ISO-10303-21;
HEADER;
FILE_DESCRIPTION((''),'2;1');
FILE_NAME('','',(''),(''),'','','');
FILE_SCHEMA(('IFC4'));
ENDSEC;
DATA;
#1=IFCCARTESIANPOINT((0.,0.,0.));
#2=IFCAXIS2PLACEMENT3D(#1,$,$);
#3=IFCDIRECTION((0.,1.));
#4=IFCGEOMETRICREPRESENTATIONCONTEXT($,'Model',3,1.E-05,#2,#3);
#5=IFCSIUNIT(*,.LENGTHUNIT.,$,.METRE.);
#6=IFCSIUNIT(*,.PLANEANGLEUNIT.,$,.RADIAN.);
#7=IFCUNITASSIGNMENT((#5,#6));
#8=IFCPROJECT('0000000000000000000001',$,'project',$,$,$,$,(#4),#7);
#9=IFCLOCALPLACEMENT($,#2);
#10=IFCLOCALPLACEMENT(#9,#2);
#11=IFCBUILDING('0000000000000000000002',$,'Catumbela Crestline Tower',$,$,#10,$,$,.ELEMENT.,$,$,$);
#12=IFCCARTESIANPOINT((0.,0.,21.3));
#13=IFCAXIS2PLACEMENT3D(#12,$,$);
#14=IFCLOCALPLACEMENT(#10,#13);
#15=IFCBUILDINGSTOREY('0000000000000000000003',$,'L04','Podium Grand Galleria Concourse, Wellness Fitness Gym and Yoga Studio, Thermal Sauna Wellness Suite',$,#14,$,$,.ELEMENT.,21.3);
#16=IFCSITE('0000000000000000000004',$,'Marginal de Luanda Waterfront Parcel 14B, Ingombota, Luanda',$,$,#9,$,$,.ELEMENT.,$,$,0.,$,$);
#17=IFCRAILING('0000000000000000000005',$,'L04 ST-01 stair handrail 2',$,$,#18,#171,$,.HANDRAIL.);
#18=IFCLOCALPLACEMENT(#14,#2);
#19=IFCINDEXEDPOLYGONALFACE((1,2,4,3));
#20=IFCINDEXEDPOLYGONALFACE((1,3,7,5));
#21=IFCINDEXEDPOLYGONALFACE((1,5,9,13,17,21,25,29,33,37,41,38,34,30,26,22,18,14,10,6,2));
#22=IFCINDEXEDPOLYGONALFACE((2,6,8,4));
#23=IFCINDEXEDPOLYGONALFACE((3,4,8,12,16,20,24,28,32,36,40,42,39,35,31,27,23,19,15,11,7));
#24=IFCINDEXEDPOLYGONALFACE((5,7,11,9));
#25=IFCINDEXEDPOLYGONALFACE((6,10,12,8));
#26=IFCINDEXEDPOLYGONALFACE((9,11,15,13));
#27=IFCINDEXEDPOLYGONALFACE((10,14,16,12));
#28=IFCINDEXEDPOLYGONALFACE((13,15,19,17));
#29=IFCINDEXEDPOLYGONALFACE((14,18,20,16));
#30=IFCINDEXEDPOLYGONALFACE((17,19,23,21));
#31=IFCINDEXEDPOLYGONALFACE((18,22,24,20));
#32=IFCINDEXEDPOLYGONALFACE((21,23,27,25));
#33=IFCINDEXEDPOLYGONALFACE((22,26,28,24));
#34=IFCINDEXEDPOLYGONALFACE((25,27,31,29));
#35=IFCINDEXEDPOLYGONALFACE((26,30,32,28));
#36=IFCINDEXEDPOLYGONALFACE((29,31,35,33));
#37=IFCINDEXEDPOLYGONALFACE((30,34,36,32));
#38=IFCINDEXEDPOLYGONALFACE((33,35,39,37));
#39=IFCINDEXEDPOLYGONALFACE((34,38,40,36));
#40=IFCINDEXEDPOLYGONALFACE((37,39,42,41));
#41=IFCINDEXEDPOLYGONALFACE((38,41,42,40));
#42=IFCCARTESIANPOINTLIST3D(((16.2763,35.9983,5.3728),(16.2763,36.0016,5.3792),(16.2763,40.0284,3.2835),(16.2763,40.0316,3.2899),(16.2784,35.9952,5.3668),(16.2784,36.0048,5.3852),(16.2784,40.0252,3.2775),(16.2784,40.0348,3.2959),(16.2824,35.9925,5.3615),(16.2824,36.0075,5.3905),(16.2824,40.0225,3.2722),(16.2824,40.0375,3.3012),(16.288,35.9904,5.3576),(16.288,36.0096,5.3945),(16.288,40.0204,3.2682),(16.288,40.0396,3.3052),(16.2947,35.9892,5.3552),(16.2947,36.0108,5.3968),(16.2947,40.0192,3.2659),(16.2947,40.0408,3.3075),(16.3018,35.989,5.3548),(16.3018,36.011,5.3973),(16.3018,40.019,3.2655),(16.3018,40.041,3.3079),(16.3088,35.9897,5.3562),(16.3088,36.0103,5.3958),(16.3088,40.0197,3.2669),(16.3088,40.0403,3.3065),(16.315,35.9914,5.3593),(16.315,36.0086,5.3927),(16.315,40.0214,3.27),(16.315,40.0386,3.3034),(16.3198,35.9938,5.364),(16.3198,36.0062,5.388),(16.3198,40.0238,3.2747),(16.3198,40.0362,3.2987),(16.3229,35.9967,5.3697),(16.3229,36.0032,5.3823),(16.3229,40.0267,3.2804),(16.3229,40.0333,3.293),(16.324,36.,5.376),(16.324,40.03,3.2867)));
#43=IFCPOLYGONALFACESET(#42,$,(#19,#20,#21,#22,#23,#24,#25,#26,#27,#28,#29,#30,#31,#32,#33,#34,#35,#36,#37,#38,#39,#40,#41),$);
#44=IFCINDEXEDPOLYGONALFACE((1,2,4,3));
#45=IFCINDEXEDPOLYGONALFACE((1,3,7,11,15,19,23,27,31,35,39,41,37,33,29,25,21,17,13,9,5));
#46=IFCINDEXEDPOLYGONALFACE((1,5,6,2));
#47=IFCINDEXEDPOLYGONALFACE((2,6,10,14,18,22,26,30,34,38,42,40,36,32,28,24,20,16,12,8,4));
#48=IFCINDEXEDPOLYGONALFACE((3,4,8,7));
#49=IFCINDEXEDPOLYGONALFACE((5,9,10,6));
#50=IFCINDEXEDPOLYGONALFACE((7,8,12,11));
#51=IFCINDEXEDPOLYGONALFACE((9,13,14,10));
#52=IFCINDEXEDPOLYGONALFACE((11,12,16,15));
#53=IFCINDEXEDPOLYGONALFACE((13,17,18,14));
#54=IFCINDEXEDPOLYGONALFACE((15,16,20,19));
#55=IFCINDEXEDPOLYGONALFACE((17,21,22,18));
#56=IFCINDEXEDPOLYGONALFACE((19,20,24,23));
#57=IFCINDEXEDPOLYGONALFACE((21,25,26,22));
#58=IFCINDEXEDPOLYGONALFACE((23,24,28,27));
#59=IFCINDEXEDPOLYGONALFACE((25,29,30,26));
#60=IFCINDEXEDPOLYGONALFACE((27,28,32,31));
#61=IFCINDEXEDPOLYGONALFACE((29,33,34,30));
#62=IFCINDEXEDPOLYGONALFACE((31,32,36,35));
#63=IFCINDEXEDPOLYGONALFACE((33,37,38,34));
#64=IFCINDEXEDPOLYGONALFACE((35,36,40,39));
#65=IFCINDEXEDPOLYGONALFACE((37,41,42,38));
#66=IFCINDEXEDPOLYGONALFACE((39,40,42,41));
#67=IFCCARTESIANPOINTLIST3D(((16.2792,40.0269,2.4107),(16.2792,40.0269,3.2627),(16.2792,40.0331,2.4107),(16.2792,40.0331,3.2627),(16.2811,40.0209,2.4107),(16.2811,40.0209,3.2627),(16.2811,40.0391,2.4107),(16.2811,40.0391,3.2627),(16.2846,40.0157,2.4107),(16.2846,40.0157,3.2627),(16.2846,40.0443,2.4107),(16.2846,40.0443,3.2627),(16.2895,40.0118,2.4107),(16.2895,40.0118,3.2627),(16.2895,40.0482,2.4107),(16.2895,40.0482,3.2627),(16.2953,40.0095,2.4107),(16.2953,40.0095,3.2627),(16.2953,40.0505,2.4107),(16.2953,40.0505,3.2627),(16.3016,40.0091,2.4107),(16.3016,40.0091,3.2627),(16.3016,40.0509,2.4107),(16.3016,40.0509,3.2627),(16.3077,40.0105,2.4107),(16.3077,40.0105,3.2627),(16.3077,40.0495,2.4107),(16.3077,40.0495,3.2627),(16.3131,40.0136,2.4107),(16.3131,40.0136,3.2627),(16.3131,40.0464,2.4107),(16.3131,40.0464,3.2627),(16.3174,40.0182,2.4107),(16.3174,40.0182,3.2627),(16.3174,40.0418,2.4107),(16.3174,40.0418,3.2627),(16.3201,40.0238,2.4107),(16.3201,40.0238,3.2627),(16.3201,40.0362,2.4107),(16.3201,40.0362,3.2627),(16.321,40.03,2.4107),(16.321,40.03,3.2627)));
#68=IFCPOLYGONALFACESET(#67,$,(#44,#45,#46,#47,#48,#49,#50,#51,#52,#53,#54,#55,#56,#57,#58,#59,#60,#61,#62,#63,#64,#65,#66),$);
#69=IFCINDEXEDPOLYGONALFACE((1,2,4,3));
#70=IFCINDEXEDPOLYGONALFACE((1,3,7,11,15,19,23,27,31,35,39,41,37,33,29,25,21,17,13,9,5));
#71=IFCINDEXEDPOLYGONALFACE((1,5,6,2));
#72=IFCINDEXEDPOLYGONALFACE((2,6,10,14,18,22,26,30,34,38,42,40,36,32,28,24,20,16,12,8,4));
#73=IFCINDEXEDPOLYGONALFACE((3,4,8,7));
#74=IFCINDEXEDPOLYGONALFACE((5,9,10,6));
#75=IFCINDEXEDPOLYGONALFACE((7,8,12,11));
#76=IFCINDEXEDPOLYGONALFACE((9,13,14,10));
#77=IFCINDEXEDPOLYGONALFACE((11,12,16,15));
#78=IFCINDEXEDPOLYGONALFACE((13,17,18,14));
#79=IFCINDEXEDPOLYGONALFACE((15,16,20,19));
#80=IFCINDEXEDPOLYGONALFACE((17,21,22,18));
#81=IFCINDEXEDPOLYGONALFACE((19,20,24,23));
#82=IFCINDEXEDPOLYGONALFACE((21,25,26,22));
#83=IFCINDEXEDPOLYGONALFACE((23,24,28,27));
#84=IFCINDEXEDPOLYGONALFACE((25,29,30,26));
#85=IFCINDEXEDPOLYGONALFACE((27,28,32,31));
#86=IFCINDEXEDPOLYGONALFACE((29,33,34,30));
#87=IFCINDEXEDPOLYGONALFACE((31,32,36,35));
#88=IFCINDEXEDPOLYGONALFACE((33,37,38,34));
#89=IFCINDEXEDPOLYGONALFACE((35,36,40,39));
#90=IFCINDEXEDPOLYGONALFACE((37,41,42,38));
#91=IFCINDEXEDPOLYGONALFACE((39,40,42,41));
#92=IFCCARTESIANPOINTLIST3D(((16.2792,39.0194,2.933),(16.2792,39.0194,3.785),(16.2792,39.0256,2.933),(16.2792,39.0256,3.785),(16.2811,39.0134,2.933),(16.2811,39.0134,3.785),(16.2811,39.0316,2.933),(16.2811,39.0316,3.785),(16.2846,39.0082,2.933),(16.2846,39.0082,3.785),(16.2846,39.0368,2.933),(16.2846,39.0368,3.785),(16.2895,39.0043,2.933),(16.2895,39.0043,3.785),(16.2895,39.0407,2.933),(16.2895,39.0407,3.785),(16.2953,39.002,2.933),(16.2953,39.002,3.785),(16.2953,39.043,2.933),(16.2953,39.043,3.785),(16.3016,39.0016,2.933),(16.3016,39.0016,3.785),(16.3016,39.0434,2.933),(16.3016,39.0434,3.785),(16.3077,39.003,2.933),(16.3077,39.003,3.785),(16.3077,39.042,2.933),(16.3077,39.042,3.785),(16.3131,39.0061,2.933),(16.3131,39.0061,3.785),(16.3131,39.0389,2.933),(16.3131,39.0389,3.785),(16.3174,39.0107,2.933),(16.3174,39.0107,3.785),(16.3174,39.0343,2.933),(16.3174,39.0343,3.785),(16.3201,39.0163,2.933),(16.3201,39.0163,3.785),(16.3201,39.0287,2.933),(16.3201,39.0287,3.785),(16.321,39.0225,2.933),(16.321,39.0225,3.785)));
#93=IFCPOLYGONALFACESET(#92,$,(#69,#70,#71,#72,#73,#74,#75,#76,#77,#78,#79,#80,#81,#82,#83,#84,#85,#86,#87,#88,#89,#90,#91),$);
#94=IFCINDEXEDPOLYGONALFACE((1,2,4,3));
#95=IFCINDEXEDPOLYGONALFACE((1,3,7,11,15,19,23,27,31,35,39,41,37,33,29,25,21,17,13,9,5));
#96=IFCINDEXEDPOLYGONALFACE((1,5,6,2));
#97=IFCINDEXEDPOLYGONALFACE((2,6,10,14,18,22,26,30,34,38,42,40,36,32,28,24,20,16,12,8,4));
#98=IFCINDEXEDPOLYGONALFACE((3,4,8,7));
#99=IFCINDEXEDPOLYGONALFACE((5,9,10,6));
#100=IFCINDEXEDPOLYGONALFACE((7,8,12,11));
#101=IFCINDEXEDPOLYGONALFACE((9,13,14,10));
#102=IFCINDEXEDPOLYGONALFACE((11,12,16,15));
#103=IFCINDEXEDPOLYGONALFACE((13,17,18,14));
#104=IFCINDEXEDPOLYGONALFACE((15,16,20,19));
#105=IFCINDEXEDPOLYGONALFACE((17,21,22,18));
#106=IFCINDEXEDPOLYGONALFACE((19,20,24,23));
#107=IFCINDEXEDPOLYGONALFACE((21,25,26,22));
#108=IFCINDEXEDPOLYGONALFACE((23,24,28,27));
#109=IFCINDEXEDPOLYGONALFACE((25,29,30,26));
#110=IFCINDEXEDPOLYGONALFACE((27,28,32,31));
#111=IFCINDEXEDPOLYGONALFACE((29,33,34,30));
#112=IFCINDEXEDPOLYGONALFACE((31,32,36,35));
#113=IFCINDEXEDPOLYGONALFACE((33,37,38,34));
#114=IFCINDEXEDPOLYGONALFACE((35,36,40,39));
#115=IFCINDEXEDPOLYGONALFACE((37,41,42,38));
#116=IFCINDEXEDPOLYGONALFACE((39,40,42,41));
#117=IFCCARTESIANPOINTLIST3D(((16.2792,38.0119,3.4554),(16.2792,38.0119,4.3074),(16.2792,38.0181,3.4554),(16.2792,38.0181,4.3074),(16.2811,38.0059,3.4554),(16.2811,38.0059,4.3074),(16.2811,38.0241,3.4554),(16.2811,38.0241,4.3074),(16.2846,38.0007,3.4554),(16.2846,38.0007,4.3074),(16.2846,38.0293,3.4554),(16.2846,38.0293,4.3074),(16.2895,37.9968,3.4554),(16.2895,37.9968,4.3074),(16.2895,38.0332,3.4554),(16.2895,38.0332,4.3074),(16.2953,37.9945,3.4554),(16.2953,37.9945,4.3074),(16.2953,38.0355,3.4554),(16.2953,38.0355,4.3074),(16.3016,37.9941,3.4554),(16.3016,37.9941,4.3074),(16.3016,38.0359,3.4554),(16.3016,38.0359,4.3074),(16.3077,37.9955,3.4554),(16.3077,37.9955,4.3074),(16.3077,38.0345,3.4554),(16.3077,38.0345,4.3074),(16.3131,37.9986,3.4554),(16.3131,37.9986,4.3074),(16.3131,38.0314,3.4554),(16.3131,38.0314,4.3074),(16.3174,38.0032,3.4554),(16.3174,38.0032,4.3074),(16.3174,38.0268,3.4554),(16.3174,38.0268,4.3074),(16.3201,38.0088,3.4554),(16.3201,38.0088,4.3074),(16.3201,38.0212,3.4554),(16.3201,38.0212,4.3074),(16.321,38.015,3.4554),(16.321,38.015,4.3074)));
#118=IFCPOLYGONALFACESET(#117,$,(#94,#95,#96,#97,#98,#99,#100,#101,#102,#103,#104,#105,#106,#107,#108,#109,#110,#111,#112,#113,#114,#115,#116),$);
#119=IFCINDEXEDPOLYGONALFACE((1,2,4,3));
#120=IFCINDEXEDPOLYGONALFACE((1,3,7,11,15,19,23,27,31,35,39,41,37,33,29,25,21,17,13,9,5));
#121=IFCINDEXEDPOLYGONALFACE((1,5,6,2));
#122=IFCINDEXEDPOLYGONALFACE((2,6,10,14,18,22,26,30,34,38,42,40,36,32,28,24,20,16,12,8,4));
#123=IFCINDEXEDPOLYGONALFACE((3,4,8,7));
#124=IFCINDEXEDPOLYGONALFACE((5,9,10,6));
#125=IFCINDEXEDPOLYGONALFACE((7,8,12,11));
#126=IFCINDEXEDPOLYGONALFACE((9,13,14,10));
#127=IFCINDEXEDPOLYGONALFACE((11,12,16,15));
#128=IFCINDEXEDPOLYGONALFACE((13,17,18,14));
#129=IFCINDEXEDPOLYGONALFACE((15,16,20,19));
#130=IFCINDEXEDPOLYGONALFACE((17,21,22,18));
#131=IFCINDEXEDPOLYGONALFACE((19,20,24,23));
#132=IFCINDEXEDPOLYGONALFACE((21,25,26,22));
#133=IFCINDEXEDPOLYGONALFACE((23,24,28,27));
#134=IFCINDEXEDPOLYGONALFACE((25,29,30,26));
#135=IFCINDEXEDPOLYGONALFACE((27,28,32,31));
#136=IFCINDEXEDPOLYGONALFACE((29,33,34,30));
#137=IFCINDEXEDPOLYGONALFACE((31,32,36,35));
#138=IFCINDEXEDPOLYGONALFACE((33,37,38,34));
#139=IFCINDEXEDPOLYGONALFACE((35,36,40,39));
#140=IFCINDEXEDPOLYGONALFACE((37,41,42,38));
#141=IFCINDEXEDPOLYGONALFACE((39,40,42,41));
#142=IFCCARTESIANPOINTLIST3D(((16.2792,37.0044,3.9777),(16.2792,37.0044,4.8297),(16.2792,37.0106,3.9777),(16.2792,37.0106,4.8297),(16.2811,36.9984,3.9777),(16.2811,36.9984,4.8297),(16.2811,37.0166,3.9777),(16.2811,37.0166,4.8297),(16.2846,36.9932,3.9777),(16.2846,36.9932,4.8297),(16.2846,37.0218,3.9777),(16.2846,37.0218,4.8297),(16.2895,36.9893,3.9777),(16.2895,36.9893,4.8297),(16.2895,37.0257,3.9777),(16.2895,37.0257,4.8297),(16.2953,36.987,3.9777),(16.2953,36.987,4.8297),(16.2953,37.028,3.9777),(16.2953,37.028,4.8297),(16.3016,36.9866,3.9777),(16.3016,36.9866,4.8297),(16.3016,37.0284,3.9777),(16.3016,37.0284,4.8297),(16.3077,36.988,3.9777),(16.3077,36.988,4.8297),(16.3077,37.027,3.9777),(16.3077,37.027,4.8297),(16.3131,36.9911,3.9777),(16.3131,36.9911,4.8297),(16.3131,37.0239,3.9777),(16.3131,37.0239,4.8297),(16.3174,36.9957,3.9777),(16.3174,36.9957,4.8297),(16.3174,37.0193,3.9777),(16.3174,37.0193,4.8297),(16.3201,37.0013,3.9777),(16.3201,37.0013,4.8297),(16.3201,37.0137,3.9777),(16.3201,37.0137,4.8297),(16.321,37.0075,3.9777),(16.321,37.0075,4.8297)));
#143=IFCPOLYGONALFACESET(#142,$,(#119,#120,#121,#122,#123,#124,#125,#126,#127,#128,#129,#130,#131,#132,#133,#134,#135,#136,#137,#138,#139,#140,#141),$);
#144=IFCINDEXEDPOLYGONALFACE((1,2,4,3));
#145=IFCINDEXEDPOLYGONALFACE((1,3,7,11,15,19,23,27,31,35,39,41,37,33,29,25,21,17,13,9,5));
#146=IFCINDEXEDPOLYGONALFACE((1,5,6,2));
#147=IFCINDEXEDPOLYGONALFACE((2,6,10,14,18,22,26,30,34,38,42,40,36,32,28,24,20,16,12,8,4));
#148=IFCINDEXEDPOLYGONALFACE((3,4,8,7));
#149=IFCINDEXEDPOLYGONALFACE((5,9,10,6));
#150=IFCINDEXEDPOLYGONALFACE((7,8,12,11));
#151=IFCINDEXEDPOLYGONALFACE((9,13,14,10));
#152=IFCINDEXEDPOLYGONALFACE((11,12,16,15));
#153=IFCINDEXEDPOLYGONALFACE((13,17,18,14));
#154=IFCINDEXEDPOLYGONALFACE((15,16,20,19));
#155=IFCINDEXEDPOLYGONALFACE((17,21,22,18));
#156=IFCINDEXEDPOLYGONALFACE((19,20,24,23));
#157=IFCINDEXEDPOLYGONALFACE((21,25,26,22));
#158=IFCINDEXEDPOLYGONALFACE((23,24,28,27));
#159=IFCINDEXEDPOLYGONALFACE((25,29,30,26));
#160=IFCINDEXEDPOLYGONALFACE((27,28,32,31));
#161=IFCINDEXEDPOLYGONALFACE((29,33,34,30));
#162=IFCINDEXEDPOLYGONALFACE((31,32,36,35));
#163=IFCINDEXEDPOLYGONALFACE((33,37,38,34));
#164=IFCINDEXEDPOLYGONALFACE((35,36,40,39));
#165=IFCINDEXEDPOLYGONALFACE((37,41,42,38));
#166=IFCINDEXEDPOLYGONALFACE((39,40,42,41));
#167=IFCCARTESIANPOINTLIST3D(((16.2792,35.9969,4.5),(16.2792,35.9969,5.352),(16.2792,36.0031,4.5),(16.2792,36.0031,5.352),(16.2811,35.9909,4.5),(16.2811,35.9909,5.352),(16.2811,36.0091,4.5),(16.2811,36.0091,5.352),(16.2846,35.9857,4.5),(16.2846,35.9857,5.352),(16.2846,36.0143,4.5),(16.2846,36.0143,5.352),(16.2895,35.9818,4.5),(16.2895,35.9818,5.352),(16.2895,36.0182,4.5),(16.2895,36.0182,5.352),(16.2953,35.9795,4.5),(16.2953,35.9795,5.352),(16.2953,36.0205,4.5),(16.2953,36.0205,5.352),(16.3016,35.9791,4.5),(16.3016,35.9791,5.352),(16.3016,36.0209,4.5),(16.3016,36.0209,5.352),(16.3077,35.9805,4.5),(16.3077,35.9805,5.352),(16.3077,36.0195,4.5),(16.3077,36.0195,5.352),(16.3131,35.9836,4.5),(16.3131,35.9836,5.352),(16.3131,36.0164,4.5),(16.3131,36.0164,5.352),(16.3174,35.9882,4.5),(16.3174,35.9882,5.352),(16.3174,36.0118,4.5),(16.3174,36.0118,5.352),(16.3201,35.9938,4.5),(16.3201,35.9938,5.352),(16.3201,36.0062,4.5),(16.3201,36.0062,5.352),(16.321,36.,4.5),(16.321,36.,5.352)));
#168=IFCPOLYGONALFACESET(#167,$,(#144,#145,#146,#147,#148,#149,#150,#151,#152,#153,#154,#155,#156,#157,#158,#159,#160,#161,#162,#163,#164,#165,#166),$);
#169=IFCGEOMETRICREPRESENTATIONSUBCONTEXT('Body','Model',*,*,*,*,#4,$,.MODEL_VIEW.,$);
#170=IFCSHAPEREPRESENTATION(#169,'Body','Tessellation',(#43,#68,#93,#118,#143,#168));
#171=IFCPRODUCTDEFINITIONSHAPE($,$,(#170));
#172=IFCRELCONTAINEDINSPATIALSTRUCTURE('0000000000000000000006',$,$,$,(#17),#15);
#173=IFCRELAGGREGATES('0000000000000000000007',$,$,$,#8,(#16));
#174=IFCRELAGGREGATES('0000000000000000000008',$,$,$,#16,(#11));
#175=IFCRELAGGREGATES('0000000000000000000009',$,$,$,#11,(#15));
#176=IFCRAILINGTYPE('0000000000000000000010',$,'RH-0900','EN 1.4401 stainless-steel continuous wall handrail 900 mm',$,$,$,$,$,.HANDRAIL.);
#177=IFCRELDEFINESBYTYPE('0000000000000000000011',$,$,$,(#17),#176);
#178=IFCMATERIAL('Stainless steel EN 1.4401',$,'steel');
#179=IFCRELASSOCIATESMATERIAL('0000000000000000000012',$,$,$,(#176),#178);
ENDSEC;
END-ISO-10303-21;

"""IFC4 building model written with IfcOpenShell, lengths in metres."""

from ifc_helpers import new_model, si_unit, direction, frame, origin, origin_2d, place, context, subcontext, project, spatial, circle, extrude, material, type_object, element, save


model = new_model("IFC4")

# Units and contexts
model_context = context("Model", 3, precision=1e-05, world=origin(), true_north=direction((0.0, 1.0)))
body_context = subcontext(model_context, "Body", "Model", "MODEL_VIEW")
ifc_project = project(units=[si_unit("LENGTHUNIT", "METRE"), si_unit("PLANEANGLEUNIT", "RADIAN")], contexts=[model_context])

# Site, building, storey
site_placement = place(None, origin())
site = spatial("IfcSite", under=ifc_project, at=site_placement, Name="Marginal de Luanda Waterfront Parcel 14B, Ingombota, Luanda", CompositionType="ELEMENT", RefElevation=0.0)
building_placement = place(site_placement, origin())
building = spatial("IfcBuilding", under=site, at=building_placement, Name="Catumbela Crestline Tower", CompositionType="ELEMENT")
storey_placement = place(building_placement, frame((0.0, 0.0, 21.3)))
storey = spatial("IfcBuildingStorey", under=building, at=storey_placement, Name="L04", Description="Podium Grand Galleria Concourse, Wellness Fitness Gym and Yoga Studio, Thermal Sauna Wellness Suite", CompositionType="ELEMENT", Elevation=21.3)

# Shared definitions
ifc_material_1 = material(Name="Stainless steel EN 1.4401", Category="steel")

# Railing
railing_type_1 = type_object("IfcRailingType", Name="RH-0900", Description="EN 1.4401 stainless-steel continuous wall handrail 900 mm", PredefinedType="HANDRAIL", material=ifc_material_1)
railing_1_placement = place(storey_placement, frame((16.3, 40.03, 2.4107)))
element("IfcRailing", 1, at=railing_1_placement, inside=storey, type_object=railing_type_1, Name="L04 ST-01 stair handrail 2", PredefinedType="HANDRAIL", context=body_context, shape_type="SweptSolid", body=[
    extrude(circle(Radius=0.024, at=origin_2d()), frame((0.0, 0.0, 0.876), z_axis=(0.0, -0.887784, 0.46026), x_axis=(1.0, 0.0, 0.0)), (0.0, 0.0, 1.0), 4.5394),
    extrude(circle(Radius=0.021, at=origin_2d()), origin(), (0.0, 0.0, 1.0), 0.852),
    extrude(circle(Radius=0.021, at=origin_2d()), frame((0.0, -1.0075, 0.5223)), (0.0, 0.0, 1.0), 0.852),
    extrude(circle(Radius=0.021, at=origin_2d()), frame((0.0, -2.015, 1.0447)), (0.0, 0.0, 1.0), 0.852),
    extrude(circle(Radius=0.021, at=origin_2d()), frame((0.0, -3.0225, 1.567)), (0.0, 0.0, 1.0), 0.852),
    extrude(circle(Radius=0.021, at=origin_2d()), frame((0.0, -4.03, 2.0893)), (0.0, 0.0, 1.0), 0.852),
])

save(model, "model.ifc")
